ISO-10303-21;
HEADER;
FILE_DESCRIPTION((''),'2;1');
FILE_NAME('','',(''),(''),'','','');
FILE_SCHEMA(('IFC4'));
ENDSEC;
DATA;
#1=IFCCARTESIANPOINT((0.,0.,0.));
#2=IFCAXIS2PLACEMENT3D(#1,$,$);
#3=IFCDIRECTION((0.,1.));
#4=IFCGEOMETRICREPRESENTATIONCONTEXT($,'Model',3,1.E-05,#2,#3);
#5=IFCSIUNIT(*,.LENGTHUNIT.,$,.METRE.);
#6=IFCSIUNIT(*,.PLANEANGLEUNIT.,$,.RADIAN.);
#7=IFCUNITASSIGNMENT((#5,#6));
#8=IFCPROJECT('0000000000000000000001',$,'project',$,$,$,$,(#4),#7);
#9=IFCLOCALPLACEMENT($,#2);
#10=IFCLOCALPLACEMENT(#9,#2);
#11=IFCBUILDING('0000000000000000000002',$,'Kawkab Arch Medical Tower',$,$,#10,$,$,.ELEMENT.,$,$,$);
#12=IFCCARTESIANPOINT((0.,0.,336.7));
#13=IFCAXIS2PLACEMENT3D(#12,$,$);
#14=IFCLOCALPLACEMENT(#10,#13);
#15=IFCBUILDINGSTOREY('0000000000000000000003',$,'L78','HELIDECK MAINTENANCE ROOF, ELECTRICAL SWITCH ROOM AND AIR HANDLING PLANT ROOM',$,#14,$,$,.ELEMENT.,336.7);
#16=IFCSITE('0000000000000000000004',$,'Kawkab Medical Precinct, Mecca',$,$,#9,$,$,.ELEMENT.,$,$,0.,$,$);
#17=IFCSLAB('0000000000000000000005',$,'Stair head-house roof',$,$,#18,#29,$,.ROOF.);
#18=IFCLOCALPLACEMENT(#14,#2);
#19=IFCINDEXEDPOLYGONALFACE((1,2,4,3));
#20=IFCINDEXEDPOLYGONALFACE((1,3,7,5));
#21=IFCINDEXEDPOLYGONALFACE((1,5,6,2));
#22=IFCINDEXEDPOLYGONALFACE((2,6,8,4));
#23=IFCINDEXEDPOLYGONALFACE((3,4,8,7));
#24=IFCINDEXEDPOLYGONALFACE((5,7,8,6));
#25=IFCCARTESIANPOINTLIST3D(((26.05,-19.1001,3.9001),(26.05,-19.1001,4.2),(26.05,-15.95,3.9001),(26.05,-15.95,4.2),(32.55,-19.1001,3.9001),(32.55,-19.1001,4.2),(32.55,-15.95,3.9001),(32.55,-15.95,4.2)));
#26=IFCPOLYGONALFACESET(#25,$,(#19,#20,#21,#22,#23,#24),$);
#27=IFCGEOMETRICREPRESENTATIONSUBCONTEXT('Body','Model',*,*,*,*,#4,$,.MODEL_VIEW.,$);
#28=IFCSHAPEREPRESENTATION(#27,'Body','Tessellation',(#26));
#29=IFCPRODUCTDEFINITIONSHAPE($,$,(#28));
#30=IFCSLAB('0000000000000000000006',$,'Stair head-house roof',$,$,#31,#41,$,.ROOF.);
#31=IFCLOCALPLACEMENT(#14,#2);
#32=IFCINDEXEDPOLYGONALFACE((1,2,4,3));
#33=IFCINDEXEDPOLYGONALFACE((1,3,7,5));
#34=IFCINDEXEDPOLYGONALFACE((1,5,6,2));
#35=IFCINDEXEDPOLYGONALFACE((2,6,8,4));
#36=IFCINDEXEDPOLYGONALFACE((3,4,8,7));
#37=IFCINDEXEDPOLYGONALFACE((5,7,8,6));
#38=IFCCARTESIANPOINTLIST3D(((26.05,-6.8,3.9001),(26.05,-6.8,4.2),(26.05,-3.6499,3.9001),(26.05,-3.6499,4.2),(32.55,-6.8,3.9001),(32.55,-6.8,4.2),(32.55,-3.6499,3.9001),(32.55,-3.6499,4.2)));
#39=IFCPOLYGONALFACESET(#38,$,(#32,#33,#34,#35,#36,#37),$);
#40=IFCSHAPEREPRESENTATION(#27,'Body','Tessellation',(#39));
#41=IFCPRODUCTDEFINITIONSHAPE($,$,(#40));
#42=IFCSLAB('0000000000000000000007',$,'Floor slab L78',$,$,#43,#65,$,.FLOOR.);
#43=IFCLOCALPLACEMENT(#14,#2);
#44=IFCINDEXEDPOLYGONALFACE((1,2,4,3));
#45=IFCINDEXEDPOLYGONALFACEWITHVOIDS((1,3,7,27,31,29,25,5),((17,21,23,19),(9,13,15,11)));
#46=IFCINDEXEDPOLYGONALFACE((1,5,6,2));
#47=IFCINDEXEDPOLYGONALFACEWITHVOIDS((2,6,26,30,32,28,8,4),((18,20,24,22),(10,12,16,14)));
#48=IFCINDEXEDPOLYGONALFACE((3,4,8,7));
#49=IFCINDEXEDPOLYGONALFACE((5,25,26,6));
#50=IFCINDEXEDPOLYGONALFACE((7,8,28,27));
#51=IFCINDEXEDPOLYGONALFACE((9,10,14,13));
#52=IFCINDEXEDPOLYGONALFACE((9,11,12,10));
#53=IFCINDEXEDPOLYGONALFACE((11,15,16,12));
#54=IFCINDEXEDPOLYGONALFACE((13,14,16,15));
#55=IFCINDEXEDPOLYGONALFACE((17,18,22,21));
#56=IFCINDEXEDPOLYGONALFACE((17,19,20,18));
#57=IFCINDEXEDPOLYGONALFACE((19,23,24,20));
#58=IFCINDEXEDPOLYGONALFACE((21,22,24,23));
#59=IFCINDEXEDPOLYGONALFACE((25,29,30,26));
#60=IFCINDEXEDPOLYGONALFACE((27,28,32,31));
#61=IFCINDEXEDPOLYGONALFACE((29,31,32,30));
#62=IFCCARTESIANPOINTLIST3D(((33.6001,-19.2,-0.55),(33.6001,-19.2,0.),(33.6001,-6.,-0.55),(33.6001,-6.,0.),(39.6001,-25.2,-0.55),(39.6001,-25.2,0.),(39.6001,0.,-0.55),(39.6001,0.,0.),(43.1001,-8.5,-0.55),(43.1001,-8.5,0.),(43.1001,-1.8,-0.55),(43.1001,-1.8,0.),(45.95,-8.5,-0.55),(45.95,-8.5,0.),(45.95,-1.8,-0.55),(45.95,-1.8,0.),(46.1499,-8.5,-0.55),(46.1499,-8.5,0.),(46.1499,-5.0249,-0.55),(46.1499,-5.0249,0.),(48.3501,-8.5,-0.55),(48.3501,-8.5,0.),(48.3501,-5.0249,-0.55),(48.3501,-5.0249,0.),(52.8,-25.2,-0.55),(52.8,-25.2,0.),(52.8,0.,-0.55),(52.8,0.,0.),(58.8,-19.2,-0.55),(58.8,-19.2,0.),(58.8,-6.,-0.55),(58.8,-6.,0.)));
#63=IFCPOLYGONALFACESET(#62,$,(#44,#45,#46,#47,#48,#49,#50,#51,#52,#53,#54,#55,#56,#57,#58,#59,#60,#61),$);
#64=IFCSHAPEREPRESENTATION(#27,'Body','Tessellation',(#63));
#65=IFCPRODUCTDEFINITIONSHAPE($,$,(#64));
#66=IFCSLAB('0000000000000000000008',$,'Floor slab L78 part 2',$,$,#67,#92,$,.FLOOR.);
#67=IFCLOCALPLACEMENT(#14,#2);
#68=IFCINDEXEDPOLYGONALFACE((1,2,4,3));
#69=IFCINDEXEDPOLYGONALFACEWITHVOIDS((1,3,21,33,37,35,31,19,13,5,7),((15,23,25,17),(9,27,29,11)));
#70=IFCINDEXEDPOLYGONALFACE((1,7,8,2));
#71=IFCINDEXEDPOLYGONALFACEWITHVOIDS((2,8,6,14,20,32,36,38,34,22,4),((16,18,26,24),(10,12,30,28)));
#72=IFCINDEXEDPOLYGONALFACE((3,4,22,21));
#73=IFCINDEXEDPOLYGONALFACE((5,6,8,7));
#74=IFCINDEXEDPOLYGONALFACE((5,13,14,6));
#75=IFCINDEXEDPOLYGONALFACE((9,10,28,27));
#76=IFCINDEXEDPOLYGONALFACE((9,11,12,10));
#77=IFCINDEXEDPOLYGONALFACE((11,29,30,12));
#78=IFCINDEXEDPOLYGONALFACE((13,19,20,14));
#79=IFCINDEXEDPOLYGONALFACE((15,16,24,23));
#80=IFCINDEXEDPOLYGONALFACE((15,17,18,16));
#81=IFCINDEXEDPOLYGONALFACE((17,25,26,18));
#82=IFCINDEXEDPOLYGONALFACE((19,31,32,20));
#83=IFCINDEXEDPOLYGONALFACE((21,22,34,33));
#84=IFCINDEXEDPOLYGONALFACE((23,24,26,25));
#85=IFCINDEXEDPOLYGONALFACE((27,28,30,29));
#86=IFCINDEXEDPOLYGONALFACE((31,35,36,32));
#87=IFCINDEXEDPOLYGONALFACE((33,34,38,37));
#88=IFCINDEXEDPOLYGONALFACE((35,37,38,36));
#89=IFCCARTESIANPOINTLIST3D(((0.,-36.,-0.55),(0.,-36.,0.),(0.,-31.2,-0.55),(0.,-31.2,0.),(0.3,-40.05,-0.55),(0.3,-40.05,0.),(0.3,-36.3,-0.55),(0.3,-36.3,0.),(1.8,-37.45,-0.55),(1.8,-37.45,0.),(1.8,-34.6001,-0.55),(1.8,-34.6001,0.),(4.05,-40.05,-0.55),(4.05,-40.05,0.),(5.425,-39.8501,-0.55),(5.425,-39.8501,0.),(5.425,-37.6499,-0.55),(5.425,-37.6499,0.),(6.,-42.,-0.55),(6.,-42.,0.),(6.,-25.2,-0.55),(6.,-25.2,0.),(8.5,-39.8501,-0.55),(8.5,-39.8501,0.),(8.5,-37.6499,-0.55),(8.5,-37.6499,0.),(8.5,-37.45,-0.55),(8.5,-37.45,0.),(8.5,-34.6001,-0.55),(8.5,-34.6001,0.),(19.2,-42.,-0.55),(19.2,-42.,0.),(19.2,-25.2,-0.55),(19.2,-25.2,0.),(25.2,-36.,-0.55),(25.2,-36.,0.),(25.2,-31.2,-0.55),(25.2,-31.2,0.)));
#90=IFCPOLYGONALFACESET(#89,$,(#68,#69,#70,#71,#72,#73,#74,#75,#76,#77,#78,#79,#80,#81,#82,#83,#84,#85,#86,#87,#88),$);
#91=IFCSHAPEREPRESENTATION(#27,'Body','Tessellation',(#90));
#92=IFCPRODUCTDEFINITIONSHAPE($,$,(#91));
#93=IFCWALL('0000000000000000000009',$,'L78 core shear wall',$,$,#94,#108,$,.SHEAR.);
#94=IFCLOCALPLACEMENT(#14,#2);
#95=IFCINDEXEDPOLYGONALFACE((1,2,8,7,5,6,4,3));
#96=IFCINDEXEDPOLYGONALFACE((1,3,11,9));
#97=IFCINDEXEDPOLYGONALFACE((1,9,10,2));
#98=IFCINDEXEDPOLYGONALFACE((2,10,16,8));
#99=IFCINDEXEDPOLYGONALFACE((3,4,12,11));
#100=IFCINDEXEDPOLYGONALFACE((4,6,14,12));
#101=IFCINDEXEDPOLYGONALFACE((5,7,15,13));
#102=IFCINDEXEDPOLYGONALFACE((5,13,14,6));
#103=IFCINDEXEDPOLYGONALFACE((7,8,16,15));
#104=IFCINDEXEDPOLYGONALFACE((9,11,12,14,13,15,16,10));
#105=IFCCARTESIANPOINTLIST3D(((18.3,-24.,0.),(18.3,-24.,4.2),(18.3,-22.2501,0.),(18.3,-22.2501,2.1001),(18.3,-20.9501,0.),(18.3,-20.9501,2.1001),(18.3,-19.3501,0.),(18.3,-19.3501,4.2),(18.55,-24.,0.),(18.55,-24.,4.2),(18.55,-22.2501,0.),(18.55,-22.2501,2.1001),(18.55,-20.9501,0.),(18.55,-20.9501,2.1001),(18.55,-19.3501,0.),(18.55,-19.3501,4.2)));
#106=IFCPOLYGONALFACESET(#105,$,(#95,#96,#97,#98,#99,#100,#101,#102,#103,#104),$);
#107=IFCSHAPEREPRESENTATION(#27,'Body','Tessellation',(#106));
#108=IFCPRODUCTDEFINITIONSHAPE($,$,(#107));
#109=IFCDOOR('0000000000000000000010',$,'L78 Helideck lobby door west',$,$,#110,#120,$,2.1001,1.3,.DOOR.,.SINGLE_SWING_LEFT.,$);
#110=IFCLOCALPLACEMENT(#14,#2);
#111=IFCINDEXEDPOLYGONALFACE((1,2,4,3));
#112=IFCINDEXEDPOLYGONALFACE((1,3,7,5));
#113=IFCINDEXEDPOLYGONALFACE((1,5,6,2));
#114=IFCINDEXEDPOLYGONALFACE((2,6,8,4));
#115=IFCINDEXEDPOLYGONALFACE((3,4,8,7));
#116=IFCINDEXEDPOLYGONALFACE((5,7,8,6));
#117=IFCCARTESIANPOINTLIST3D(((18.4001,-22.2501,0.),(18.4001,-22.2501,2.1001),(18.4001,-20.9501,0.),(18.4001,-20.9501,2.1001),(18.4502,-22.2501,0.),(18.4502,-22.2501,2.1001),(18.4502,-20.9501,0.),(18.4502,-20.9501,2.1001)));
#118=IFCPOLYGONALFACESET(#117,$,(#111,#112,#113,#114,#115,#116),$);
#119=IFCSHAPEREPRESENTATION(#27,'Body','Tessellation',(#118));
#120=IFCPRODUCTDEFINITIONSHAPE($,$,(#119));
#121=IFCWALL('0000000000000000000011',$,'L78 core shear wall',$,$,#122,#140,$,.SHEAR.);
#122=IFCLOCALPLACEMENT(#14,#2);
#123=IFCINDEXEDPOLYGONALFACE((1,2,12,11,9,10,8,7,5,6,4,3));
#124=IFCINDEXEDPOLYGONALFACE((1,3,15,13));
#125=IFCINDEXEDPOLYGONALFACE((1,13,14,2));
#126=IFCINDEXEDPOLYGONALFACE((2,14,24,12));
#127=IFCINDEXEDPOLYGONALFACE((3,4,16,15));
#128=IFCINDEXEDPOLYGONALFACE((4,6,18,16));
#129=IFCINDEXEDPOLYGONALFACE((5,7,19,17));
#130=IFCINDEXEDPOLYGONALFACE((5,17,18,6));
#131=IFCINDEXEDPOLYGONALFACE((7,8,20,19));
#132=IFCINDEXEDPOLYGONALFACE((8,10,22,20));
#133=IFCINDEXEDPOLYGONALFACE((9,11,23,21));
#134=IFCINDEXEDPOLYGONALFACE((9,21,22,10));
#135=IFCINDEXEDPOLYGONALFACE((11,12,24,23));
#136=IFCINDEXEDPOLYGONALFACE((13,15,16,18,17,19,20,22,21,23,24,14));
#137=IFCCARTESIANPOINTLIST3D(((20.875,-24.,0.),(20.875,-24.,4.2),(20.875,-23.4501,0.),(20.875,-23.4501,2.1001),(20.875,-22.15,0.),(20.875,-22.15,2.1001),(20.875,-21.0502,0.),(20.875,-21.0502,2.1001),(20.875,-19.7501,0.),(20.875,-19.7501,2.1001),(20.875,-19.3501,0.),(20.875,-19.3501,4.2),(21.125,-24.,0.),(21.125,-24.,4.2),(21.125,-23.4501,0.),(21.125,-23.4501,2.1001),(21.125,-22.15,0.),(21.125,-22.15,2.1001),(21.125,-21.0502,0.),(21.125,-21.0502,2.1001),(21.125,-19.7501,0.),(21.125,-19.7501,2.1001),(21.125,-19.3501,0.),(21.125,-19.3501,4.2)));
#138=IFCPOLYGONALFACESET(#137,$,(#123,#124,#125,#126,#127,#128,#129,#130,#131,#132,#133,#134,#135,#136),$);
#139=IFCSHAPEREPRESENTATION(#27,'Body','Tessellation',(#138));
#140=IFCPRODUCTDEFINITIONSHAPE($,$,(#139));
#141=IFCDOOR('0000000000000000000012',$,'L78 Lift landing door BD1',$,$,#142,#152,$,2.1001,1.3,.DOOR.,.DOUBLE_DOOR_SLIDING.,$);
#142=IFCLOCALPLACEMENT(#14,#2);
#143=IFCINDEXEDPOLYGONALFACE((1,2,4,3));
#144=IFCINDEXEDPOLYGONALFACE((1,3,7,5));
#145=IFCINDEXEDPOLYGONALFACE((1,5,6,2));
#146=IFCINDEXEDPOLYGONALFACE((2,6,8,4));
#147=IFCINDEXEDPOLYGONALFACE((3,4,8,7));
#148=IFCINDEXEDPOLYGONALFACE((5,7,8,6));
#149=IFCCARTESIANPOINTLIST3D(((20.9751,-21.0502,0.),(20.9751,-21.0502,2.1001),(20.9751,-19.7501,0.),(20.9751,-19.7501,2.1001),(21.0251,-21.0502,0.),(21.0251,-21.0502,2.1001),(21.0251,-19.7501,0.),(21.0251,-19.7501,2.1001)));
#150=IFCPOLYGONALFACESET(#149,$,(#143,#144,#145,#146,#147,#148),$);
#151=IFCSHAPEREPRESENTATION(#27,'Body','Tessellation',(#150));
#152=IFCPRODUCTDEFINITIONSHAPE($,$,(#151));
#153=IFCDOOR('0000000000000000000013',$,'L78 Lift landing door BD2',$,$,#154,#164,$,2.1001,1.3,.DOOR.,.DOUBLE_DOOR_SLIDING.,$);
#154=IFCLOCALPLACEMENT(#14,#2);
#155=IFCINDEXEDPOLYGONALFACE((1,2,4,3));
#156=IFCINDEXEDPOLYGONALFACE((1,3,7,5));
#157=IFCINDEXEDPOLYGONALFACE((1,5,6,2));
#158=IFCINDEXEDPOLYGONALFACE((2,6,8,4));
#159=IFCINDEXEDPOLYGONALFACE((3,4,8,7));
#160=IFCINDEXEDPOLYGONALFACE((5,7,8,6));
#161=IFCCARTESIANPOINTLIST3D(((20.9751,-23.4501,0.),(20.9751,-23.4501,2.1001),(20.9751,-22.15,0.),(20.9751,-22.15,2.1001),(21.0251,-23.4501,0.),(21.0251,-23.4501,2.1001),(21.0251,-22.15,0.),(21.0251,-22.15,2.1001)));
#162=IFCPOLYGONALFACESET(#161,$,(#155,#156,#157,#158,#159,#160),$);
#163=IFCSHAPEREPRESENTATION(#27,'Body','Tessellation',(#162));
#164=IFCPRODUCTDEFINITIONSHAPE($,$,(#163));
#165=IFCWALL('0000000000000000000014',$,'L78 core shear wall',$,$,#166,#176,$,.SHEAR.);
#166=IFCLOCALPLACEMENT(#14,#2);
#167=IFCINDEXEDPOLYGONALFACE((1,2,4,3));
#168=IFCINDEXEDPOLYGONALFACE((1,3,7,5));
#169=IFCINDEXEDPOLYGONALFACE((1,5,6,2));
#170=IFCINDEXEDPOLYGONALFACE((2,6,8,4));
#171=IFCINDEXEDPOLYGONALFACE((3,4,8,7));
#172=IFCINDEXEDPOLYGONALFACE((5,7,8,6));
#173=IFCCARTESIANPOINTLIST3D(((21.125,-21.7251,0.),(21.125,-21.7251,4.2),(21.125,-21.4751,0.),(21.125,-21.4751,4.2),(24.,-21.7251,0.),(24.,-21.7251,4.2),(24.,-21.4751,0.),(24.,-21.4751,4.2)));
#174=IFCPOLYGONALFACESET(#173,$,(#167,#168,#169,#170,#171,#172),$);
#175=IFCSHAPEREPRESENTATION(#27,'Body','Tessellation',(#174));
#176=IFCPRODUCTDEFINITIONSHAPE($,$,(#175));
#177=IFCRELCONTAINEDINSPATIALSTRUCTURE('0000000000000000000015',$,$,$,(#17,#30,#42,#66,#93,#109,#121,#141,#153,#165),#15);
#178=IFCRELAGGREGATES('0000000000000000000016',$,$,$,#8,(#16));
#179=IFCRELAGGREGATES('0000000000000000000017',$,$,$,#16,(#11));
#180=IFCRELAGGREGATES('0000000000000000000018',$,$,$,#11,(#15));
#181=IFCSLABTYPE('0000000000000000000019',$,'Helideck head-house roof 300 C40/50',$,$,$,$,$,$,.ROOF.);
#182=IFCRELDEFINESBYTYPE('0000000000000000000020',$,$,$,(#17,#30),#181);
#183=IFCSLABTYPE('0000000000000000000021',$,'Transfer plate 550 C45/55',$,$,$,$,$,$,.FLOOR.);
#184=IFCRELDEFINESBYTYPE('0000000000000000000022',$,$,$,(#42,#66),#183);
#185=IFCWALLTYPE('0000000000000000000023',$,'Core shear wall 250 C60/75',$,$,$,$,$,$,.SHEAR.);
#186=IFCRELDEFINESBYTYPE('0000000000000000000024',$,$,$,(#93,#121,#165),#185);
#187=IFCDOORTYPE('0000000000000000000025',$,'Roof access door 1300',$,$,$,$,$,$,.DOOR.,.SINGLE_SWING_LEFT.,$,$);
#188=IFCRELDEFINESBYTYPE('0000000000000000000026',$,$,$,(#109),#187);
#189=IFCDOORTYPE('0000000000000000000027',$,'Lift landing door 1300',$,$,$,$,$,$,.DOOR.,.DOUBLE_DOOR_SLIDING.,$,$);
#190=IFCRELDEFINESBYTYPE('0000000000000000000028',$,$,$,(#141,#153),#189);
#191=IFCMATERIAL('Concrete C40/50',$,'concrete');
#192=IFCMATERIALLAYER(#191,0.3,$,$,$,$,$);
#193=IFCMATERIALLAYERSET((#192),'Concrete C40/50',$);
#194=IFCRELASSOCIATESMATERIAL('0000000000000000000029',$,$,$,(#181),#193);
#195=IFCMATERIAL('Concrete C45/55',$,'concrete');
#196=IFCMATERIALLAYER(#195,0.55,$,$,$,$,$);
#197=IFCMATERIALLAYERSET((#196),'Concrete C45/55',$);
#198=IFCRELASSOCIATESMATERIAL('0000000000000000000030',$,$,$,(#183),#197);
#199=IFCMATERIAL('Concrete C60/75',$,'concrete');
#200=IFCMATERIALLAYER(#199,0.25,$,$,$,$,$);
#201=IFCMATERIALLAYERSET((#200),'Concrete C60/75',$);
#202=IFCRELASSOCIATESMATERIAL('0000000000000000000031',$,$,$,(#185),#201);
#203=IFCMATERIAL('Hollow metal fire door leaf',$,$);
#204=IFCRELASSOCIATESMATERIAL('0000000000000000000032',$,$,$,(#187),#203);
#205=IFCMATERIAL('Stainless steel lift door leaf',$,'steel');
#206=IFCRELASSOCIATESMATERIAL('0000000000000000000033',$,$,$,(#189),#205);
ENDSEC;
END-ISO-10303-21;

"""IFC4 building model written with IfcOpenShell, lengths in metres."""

from ifc_helpers import new_model, si_unit, direction, frame, frame_2d, origin, place, context, subcontext, project, spatial, polyline, rectangle, outline, extrude, material, layer, layer_set, type_object, element, fill, save


model = new_model("IFC4")

# Units and contexts
model_context = context("Model", 3, precision=1e-05, world=origin(), true_north=direction((0.0, 1.0)))
body_context = subcontext(model_context, "Body", "Model", "MODEL_VIEW")
ifc_project = project(units=[si_unit("LENGTHUNIT", "METRE"), si_unit("PLANEANGLEUNIT", "RADIAN")], contexts=[model_context])

# Site, building, storey
site_placement = place(None, origin())
site = spatial("IfcSite", under=ifc_project, at=site_placement, Name="Kawkab Medical Precinct, Mecca", CompositionType="ELEMENT", RefElevation=0.0)
building_placement = place(site_placement, origin())
building = spatial("IfcBuilding", under=site, at=building_placement, Name="Kawkab Arch Medical Tower", CompositionType="ELEMENT")
storey_placement = place(building_placement, frame((0.0, 0.0, 336.7)))
storey = spatial("IfcBuildingStorey", under=building, at=storey_placement, Name="L78", Description="HELIDECK MAINTENANCE ROOF, ELECTRICAL SWITCH ROOM AND AIR HANDLING PLANT ROOM", CompositionType="ELEMENT", Elevation=336.7)

# Slabs
ifc_material_1 = material(Name="Concrete C40/50", Category="concrete")
ifc_layer_1 = layer(ifc_material_1, 0.3)
ifc_layer_set_1 = layer_set([ifc_layer_1], Name="Concrete C40/50")
slab_type_1 = type_object("IfcSlabType", Name="Helideck head-house roof 300 C40/50", PredefinedType="ROOF", material=ifc_layer_set_1)
placement_1 = place(storey_placement, frame((0.0, 0.0, 3.9001)))
element("IfcSlab", 1, at=placement_1, inside=storey, type_object=slab_type_1, Name="Stair head-house roof", PredefinedType="ROOF", context=body_context, shape_type="SweptSolid", body=[
    extrude(outline(polyline([(26.05, -19.1001), (32.55, -19.1001), (32.55, -15.95), (26.05, -15.95), (26.05, -19.1001)])), origin(), (0.0, 0.0, 1.0), 0.2998),
])
element("IfcSlab", 2, at=placement_1, inside=storey, type_object=slab_type_1, Name="Stair head-house roof", PredefinedType="ROOF", context=body_context, shape_type="SweptSolid", body=[
    extrude(outline(polyline([(26.05, -6.8), (32.55, -6.8), (32.55, -3.6499), (26.05, -3.6499), (26.05, -6.8)])), origin(), (0.0, 0.0, 1.0), 0.2998),
])
ifc_material_2 = material(Name="Concrete C45/55", Category="concrete")
ifc_layer_2 = layer(ifc_material_2, 0.55)
ifc_layer_set_2 = layer_set([ifc_layer_2], Name="Concrete C45/55")
slab_type_2 = type_object("IfcSlabType", Name="Transfer plate 550 C45/55", PredefinedType="FLOOR", material=ifc_layer_set_2)
placement_2 = place(storey_placement, frame((0.0, 0.0, -0.55)))
element("IfcSlab", 3, at=placement_2, inside=storey, type_object=slab_type_2, Name="Floor slab L78", PredefinedType="FLOOR", context=body_context, shape_type="SweptSolid", body=[
    extrude(outline(polyline([(58.8, -19.2), (52.8, -25.2), (39.6001, -25.2), (33.6001, -19.2), (33.6001, -6.0), (39.6001, 0.0), (52.8, 0.0), (58.8, -6.0), (58.8, -19.2)]), holes=[polyline([(48.3501, -8.5), (48.3501, -5.0249), (46.1499, -5.0249), (46.1499, -8.5), (48.3501, -8.5)]), polyline([(45.95, -8.5), (45.95, -1.8), (43.1001, -1.8), (43.1001, -8.5), (45.95, -8.5)])]), origin(), (0.0, 0.0, 1.0), 0.55),
])
element("IfcSlab", 4, at=placement_2, inside=storey, type_object=slab_type_2, Name="Floor slab L78 part 2", PredefinedType="FLOOR", context=body_context, shape_type="SweptSolid", body=[
    extrude(outline(polyline([(25.2, -36.0), (19.2, -42.0), (6.0, -42.0), (4.05, -40.05), (0.3, -40.05), (0.3, -36.3), (0.0, -36.0), (0.0, -31.2), (6.0, -25.2), (19.2, -25.2), (25.2, -31.2), (25.2, -36.0)]), holes=[polyline([(5.425, -39.8501), (8.5, -39.8501), (8.5, -37.6499), (5.425, -37.6499), (5.425, -39.8501)]), polyline([(8.5, -34.6001), (1.8, -34.6001), (1.8, -37.45), (8.5, -37.45), (8.5, -34.6001)])]), origin(), (0.0, 0.0, 1.0), 0.55),
])

# Wall, opening, door
ifc_material_3 = material(Name="Concrete C60/75", Category="concrete")
ifc_layer_3 = layer(ifc_material_3, 0.25)
ifc_layer_set_3 = layer_set([ifc_layer_3], Name="Concrete C60/75")
wall_type_1 = type_object("IfcWallType", Name="Core shear wall 250 C60/75", PredefinedType="SHEAR", material=ifc_layer_set_3)
wall_1_placement = place(storey_placement, frame((18.425, -24.0, 0.0), z_axis=(0.0, 0.0, 1.0), x_axis=(0.0, 1.0, 0.0)))
wall_1 = element("IfcWall", 5, at=wall_1_placement, inside=storey, type_object=wall_type_1, Name="L78 core shear wall", PredefinedType="SHEAR", context=body_context, shape_type="SweptSolid", body=[
    extrude(rectangle(XDim=4.6499, YDim=0.25, at=frame_2d((2.325, 0.0))), origin(), (0.0, 0.0, 1.0), 4.2),
])
opening_1_placement = place(wall_1_placement, frame((1.75, 0.0, 0.0)))
opening_1 = element("IfcOpeningElement", 6, at=opening_1_placement, cuts=wall_1, PredefinedType="OPENING", context=body_context, shape_type="SweptSolid", body=[
    extrude(rectangle(XDim=1.3, YDim=2.1001, at=frame_2d((0.6499, 1.05))), frame((0.0, 0.135, 0.0), z_axis=(0.0, -1.0, 0.0), x_axis=(1.0, 0.0, 0.0)), (0.0, 0.0, 1.0), 0.27),
])
ifc_material_4 = material(Name="Hollow metal fire door leaf")
door_type_1 = type_object("IfcDoorType", Name="Roof access door 1300", OperationType="SINGLE_SWING_LEFT", PredefinedType="DOOR", material=ifc_material_4)
door_1_placement = place(opening_1_placement, origin())
door_1 = element("IfcDoor", 7, at=door_1_placement, inside=storey, type_object=door_type_1, Name="L78 Helideck lobby door west", OperationType="SINGLE_SWING_LEFT", OverallHeight=2.1001, OverallWidth=1.3, PredefinedType="DOOR", context=body_context, shape_type="SweptSolid", body=[
    extrude(rectangle(XDim=1.3, YDim=2.1001, at=frame_2d((0.6499, 1.05))), frame((0.0, 0.0249, 0.0), z_axis=(0.0, -1.0, 0.0), x_axis=(1.0, 0.0, 0.0)), (0.0, 0.0, 1.0), 0.05),
])
fill(opening_1, door_1)

# Wall, openings, doors
wall_2_placement = place(storey_placement, frame((21.0, -24.0, 0.0), z_axis=(0.0, 0.0, 1.0), x_axis=(0.0, 1.0, 0.0)))
wall_2 = element("IfcWall", 8, at=wall_2_placement, inside=storey, type_object=wall_type_1, Name="L78 core shear wall", PredefinedType="SHEAR", context=body_context, shape_type="SweptSolid", body=[
    extrude(rectangle(XDim=4.6499, YDim=0.25, at=frame_2d((2.325, 0.0))), origin(), (0.0, 0.0, 1.0), 4.2),
])
opening_2_placement = place(wall_2_placement, frame((2.95, 0.0, 0.0)))
opening_2 = element("IfcOpeningElement", 9, at=opening_2_placement, cuts=wall_2, PredefinedType="OPENING", context=body_context, shape_type="SweptSolid", body=[
    extrude(rectangle(XDim=1.3, YDim=2.1001, at=frame_2d((0.6499, 1.05))), frame((0.0, 0.135, 0.0), z_axis=(0.0, -1.0, 0.0), x_axis=(1.0, 0.0, 0.0)), (0.0, 0.0, 1.0), 0.27),
])
opening_3_placement = place(wall_2_placement, frame((0.55, 0.0, 0.0)))
opening_3 = element("IfcOpeningElement", 10, at=opening_3_placement, cuts=wall_2, PredefinedType="OPENING", context=body_context, shape_type="SweptSolid", body=[
    extrude(rectangle(XDim=1.3, YDim=2.1001, at=frame_2d((0.6499, 1.05))), frame((0.0, 0.135, 0.0), z_axis=(0.0, -1.0, 0.0), x_axis=(1.0, 0.0, 0.0)), (0.0, 0.0, 1.0), 0.27),
])
ifc_material_5 = material(Name="Stainless steel lift door leaf", Category="steel")
door_type_2 = type_object("IfcDoorType", Name="Lift landing door 1300", OperationType="DOUBLE_DOOR_SLIDING", PredefinedType="DOOR", material=ifc_material_5)
door_2_placement = place(opening_2_placement, origin())
door_2 = element("IfcDoor", 11, at=door_2_placement, inside=storey, type_object=door_type_2, Name="L78 Lift landing door BD1", OperationType="DOUBLE_DOOR_SLIDING", OverallHeight=2.1001, OverallWidth=1.3, PredefinedType="DOOR", context=body_context, shape_type="SweptSolid", body=[
    extrude(rectangle(XDim=1.3, YDim=2.1001, at=frame_2d((0.6499, 1.05))), frame((0.0, 0.0249, 0.0), z_axis=(0.0, -1.0, 0.0), x_axis=(1.0, 0.0, 0.0)), (0.0, 0.0, 1.0), 0.05),
])
fill(opening_2, door_2)
door_3_placement = place(opening_3_placement, origin())
door_3 = element("IfcDoor", 12, at=door_3_placement, inside=storey, type_object=door_type_2, Name="L78 Lift landing door BD2", OperationType="DOUBLE_DOOR_SLIDING", OverallHeight=2.1001, OverallWidth=1.3, PredefinedType="DOOR", context=body_context, shape_type="SweptSolid", body=[
    extrude(rectangle(XDim=1.3, YDim=2.1001, at=frame_2d((0.6499, 1.05))), frame((0.0, 0.0249, 0.0), z_axis=(0.0, -1.0, 0.0), x_axis=(1.0, 0.0, 0.0)), (0.0, 0.0, 1.0), 0.05),
])
fill(opening_3, door_3)

# Wall
wall_3_placement = place(storey_placement, frame((21.125, -21.6001, 0.0), z_axis=(0.0, 0.0, 1.0), x_axis=(1.0, 0.0, 0.0)))
element("IfcWall", 13, at=wall_3_placement, inside=storey, type_object=wall_type_1, Name="L78 core shear wall", PredefinedType="SHEAR", context=body_context, shape_type="SweptSolid", body=[
    extrude(rectangle(XDim=2.875, YDim=0.25, at=frame_2d((1.4375, 0.0))), origin(), (0.0, 0.0, 1.0), 4.2),
])

save(model, "model.ifc")
